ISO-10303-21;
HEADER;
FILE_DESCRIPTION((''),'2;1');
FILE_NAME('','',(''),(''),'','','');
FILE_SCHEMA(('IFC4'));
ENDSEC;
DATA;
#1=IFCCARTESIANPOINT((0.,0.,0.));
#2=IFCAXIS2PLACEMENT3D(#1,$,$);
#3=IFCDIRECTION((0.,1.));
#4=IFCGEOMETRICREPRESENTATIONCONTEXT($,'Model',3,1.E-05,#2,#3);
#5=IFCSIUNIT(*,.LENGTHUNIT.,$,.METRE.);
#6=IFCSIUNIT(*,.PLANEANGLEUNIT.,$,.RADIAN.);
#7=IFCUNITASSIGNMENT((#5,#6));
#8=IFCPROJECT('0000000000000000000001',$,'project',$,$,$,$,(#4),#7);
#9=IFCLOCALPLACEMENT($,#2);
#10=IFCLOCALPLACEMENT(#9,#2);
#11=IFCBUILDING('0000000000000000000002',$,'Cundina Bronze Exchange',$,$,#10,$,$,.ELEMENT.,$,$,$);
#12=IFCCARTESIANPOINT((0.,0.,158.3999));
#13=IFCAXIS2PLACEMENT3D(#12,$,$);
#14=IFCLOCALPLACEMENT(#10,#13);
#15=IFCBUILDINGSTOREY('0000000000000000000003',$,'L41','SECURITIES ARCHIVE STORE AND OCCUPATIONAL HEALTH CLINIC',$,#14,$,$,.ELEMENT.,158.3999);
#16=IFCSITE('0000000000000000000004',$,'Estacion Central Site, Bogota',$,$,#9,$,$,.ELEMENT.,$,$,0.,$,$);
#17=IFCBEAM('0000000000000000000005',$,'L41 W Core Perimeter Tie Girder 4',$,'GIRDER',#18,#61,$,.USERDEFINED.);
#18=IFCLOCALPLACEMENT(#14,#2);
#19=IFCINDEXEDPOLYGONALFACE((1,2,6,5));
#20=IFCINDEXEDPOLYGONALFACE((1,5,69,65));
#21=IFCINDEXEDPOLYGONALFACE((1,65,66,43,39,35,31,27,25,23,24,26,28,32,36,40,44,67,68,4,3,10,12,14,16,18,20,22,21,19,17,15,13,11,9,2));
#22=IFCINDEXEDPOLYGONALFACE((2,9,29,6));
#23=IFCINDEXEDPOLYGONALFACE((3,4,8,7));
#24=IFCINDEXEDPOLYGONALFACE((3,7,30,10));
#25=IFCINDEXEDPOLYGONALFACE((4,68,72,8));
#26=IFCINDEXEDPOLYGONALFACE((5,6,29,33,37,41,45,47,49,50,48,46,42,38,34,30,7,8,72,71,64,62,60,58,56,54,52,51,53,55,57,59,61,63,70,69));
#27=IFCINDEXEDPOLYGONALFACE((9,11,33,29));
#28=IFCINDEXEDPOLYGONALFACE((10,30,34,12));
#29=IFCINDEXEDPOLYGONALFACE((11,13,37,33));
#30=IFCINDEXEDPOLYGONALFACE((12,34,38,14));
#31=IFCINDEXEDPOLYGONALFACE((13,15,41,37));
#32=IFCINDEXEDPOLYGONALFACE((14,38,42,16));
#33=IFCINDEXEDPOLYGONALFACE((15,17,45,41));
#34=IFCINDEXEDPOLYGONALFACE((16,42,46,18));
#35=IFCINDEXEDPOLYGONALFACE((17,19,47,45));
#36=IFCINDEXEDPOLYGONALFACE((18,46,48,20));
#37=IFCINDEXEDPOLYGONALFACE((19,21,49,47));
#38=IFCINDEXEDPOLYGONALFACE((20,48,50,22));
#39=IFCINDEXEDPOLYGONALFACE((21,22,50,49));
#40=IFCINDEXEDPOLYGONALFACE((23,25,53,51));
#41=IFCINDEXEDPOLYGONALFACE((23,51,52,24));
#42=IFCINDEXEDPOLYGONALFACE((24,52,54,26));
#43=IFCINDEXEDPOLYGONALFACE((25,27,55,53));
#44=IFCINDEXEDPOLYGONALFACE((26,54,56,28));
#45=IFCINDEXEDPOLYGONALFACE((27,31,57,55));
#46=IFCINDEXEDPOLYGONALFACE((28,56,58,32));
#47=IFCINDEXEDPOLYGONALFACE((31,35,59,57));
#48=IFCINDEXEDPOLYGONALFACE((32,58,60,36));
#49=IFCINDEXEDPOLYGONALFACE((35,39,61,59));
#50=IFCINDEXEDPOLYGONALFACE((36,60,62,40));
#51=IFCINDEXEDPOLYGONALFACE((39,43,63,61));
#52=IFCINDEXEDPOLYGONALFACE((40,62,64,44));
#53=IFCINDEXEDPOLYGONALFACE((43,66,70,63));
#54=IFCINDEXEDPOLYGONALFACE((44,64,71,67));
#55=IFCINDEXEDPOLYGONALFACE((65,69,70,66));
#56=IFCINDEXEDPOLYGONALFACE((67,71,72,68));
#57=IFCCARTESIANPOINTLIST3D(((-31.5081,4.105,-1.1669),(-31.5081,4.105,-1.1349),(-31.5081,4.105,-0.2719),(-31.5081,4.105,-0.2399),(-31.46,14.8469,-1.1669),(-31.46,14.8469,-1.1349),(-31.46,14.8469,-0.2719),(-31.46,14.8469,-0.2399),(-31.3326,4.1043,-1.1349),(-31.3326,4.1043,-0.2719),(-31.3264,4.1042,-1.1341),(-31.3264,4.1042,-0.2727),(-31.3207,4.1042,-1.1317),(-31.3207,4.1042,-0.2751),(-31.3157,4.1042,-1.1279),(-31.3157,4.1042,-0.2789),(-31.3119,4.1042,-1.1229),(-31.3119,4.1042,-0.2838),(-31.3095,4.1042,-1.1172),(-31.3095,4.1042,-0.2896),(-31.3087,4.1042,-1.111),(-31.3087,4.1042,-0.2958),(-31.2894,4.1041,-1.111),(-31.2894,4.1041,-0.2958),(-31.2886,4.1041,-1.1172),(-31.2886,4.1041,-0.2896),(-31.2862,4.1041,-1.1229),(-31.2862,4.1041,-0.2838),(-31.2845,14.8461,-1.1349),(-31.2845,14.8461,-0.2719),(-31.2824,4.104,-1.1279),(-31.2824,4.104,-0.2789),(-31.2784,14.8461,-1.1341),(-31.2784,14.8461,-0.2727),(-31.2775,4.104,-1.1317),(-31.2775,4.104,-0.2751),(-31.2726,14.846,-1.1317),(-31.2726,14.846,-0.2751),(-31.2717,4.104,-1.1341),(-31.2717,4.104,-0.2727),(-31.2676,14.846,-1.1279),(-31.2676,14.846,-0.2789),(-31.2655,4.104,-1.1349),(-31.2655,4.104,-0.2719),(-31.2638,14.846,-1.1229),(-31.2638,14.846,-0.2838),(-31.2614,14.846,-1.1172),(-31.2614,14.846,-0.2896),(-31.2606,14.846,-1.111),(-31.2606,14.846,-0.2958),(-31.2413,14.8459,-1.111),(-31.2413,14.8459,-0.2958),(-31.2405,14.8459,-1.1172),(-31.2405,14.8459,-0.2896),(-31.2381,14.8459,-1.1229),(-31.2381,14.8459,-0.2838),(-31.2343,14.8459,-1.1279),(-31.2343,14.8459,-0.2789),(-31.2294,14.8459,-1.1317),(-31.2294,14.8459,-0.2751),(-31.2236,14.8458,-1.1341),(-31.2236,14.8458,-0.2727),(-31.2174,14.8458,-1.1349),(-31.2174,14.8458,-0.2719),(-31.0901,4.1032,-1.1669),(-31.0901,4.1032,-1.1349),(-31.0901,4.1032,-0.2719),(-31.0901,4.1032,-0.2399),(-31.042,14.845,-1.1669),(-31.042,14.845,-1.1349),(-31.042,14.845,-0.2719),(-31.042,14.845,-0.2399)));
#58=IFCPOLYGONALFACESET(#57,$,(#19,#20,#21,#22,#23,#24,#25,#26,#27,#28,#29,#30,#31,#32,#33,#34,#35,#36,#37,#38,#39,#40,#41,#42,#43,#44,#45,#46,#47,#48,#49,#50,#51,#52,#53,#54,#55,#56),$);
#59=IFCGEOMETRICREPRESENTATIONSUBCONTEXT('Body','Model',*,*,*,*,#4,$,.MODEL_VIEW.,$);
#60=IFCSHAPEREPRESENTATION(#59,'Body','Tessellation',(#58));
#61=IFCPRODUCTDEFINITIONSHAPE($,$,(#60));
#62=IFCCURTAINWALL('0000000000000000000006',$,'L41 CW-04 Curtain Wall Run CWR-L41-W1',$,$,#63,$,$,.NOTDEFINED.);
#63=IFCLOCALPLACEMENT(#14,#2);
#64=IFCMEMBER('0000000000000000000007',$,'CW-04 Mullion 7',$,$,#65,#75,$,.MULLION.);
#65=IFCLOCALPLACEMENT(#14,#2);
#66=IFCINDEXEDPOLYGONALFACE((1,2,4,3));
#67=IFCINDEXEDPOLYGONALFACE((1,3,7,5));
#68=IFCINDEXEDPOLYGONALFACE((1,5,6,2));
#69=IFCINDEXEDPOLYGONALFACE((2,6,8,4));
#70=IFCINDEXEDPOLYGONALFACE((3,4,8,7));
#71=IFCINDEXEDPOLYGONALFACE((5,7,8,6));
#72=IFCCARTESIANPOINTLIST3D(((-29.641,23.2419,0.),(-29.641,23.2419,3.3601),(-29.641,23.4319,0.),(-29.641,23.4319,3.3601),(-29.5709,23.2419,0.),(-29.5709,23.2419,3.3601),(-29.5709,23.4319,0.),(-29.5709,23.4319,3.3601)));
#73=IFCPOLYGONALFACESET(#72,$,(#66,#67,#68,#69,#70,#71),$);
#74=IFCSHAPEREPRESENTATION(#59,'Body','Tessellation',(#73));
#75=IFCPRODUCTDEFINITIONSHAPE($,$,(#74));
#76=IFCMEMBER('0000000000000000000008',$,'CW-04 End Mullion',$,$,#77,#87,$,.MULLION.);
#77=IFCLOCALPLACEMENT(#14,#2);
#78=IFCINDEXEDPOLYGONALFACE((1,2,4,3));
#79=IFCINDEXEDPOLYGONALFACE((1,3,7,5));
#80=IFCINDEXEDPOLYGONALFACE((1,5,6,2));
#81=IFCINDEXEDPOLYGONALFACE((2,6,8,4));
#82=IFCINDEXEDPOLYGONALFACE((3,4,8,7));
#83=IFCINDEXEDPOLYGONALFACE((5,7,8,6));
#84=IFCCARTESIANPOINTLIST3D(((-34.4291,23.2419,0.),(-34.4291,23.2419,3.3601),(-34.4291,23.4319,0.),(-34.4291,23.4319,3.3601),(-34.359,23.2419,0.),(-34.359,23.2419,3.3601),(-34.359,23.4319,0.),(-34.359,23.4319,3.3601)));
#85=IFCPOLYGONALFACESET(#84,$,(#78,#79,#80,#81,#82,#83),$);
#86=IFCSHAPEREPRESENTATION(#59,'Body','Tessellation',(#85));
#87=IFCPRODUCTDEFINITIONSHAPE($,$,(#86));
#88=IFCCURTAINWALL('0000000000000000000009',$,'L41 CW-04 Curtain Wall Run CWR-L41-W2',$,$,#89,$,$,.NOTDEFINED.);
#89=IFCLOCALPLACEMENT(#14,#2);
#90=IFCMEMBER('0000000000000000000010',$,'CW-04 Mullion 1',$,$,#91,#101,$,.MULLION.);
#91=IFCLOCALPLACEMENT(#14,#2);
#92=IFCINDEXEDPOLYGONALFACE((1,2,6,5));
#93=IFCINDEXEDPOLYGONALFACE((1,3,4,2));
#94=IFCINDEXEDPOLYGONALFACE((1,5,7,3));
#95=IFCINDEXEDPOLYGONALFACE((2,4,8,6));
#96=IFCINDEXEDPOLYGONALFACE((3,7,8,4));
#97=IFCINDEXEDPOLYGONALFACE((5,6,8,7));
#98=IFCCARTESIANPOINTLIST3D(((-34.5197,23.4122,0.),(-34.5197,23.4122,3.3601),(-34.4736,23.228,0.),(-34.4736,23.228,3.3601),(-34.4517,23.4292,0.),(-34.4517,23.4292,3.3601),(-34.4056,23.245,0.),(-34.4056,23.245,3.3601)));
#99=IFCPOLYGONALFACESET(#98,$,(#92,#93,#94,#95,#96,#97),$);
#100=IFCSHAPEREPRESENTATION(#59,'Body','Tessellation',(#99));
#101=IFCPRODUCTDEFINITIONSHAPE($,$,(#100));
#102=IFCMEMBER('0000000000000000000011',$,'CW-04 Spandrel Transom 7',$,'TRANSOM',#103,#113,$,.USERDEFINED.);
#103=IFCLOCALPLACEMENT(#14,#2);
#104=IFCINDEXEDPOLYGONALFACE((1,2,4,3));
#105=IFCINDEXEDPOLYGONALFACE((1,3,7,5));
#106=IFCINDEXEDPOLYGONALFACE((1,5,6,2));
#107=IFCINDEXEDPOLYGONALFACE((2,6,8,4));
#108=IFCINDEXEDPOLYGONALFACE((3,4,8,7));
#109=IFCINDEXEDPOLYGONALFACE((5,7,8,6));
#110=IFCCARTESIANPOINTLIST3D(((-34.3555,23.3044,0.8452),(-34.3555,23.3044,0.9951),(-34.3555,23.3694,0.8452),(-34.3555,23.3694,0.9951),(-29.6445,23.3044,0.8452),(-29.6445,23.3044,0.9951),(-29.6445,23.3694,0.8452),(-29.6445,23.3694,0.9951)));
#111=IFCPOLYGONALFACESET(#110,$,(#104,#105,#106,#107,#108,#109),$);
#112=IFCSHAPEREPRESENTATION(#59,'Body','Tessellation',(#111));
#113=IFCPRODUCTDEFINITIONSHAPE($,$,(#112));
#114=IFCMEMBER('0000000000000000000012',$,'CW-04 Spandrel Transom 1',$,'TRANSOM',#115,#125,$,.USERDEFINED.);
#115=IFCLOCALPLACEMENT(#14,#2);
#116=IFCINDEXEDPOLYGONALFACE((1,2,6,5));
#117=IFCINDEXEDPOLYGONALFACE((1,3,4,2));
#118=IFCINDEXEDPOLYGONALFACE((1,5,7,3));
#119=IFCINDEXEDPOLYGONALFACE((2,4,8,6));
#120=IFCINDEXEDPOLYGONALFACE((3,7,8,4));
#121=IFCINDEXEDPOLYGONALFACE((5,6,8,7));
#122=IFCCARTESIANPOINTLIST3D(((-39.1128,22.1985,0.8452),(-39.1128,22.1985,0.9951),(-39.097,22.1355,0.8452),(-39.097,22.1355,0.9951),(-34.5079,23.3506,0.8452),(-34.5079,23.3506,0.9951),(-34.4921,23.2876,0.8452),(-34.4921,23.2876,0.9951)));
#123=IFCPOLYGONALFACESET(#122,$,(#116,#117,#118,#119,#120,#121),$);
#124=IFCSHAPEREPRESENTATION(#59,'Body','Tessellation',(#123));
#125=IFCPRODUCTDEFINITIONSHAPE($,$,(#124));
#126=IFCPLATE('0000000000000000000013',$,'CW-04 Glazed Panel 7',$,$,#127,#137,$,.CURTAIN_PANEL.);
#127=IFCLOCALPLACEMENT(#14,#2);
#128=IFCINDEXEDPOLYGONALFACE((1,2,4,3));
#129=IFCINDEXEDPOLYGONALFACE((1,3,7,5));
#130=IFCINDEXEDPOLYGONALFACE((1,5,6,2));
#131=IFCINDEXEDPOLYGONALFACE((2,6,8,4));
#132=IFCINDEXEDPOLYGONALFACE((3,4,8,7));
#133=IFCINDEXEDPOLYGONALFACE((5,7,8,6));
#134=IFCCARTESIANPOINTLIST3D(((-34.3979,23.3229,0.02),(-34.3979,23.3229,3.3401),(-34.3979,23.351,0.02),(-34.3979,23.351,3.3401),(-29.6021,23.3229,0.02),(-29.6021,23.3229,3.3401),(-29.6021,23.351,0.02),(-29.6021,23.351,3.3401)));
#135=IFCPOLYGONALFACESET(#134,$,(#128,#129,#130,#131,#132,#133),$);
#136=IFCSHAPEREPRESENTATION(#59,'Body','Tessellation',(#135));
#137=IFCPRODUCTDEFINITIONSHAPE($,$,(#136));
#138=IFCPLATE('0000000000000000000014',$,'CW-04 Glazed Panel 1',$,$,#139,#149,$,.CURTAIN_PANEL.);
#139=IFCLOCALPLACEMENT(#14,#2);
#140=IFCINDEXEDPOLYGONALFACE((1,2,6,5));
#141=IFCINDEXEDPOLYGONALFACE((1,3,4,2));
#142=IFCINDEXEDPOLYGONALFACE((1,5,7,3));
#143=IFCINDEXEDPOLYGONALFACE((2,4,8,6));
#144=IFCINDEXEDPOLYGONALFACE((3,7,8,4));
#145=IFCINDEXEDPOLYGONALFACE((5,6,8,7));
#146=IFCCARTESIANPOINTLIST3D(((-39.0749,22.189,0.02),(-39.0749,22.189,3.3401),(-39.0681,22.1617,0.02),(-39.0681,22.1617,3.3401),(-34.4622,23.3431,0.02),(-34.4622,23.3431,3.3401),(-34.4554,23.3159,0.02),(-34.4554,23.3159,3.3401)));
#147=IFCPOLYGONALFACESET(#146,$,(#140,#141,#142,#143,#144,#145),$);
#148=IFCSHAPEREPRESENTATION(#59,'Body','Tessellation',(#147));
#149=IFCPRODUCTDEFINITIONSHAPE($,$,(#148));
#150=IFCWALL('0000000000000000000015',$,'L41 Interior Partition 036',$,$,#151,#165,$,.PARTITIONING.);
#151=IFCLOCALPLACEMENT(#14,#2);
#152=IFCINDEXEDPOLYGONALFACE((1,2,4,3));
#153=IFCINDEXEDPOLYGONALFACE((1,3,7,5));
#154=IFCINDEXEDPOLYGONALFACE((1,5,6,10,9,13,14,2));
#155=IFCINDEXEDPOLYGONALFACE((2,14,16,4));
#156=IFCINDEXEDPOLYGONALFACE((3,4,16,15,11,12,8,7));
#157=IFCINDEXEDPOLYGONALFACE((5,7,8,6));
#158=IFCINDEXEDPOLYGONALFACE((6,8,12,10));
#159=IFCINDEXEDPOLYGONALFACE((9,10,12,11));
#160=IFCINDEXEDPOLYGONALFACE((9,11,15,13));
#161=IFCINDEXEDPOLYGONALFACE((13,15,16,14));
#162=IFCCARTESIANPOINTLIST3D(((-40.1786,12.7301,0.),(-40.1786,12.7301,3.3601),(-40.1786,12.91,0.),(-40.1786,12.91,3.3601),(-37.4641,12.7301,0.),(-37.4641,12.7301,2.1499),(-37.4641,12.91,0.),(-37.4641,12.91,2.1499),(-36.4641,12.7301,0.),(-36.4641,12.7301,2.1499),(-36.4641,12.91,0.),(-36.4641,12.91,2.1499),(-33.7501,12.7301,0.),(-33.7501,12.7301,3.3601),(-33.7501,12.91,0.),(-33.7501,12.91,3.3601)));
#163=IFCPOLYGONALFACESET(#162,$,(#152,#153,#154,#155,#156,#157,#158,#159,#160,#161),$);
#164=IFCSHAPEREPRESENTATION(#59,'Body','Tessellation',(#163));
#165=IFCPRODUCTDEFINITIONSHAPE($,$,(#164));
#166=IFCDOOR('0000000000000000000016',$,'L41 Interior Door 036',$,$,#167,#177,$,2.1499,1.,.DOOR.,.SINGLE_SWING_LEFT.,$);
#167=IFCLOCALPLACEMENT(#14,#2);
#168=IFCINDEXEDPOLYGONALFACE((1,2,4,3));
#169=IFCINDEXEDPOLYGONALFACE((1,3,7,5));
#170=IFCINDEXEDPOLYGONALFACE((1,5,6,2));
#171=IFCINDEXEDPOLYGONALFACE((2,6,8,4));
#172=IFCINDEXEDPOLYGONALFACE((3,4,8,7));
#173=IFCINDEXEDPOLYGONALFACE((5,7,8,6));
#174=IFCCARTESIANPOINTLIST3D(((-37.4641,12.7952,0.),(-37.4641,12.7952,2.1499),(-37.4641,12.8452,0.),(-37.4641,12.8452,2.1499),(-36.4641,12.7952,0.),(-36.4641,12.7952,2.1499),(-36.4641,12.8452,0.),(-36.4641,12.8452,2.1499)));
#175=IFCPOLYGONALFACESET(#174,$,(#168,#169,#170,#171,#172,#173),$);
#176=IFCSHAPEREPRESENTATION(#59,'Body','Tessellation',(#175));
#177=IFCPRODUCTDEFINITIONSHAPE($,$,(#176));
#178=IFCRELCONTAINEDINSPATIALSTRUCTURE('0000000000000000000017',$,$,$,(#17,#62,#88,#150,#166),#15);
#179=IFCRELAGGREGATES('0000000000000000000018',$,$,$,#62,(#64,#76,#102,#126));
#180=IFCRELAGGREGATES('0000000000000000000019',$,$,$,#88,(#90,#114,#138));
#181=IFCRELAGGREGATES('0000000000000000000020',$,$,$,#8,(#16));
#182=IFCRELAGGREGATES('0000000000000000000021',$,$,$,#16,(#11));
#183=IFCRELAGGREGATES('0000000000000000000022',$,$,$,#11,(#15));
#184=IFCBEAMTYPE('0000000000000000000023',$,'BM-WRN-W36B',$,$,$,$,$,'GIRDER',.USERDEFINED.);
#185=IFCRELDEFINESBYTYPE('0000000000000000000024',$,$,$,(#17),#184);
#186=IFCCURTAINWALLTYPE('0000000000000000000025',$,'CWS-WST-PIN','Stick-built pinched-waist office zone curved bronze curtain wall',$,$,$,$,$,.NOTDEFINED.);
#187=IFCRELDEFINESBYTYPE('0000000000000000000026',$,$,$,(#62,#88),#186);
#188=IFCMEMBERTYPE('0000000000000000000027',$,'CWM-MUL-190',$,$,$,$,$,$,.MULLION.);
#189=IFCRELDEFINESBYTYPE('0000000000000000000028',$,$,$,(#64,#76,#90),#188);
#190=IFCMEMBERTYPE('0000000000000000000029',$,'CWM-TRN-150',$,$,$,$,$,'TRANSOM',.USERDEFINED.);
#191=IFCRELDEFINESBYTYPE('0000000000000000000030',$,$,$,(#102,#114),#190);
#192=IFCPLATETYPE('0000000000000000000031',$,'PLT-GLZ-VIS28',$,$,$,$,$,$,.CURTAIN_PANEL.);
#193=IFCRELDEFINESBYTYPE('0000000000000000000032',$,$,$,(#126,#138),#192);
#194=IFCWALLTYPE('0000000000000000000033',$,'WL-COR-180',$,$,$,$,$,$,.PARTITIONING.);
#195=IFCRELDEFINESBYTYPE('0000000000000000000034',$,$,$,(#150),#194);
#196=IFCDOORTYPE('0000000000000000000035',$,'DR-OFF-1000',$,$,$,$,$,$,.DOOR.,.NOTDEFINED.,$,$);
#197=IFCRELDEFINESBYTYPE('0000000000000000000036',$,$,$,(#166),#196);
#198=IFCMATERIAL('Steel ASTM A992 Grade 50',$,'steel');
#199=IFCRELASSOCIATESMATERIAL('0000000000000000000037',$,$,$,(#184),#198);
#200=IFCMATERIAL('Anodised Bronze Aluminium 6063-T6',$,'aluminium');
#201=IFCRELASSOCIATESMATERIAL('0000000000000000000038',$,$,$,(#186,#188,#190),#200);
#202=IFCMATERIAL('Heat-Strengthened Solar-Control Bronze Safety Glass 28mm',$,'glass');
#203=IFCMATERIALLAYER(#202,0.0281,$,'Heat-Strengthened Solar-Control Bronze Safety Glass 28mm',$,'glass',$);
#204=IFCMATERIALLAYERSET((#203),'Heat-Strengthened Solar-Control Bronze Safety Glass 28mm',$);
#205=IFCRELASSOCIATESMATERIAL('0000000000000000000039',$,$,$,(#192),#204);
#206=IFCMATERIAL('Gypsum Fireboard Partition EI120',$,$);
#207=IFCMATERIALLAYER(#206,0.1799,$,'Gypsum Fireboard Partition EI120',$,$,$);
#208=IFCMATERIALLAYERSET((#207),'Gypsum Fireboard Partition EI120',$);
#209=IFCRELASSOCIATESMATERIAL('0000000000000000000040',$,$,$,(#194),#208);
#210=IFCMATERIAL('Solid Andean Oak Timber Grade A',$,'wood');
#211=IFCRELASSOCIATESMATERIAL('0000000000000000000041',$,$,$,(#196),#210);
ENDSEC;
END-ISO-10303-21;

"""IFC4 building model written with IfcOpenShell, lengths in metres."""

from ifc_helpers import new_model, si_unit, direction, frame, frame_2d, origin, origin_2d, place, context, subcontext, project, spatial, rectangle, i_section, extrude, material, layer, layer_set, material_profile, profile_set, type_object, element, fill, aggregate, save


model = new_model("IFC4")

# Units and contexts
model_context = context("Model", 3, precision=1e-05, world=origin(), true_north=direction((0.0, 1.0)))
body_context = subcontext(model_context, "Body", "Model", "MODEL_VIEW")
ifc_project = project(units=[si_unit("LENGTHUNIT", "METRE"), si_unit("PLANEANGLEUNIT", "RADIAN")], contexts=[model_context])

# Site, building, storey
site_placement = place(None, origin())
site = spatial("IfcSite", under=ifc_project, at=site_placement, Name="Estacion Central Site, Bogota", CompositionType="ELEMENT", RefElevation=0.0)
building_placement = place(site_placement, origin())
building = spatial("IfcBuilding", under=site, at=building_placement, Name="Cundina Bronze Exchange", CompositionType="ELEMENT")
storey_placement = place(building_placement, frame((0.0, 0.0, 158.3999)))
storey = spatial("IfcBuildingStorey", under=building, at=storey_placement, Name="L41", Description="SECURITIES ARCHIVE STORE AND OCCUPATIONAL HEALTH CLINIC", CompositionType="ELEMENT", Elevation=158.3999)

# Shared definitions
ifc_material_1 = material(Name="Steel ASTM A992 Grade 50", Category="steel")

# Beam
ifc_material_profile_1 = material_profile(ifc_material_1, i_section(OverallWidth=0.418, OverallDepth=0.927, WebThickness=0.0193, FlangeThickness=0.032, FilletRadius=0.0239, at=origin_2d()), Name="W36X231", Category="steel")
ifc_profile_set_1 = profile_set([ifc_material_profile_1], Name="Steel ASTM A992 Grade 50")
beam_type_1 = type_object("IfcBeamType", Name="BM-WRN-W36B", ElementType="GIRDER", PredefinedType="USERDEFINED", material=ifc_profile_set_1)
beam_1_placement = place(storey_placement, frame((-31.251, 14.8459, -0.7034), z_axis=(-0.004477, -0.99999, 0.0), x_axis=(0.99999, -0.004477, 0.0)))
element("IfcBeam", 1, at=beam_1_placement, inside=storey, type_object=beam_type_1, Name="L41 W Core Perimeter Tie Girder 4", ObjectType="GIRDER", PredefinedType="USERDEFINED", context=body_context, shape_type="SweptSolid", body=[
    extrude(i_section(OverallWidth=0.418, OverallDepth=0.927, WebThickness=0.0193, FlangeThickness=0.032, FilletRadius=0.0239, at=origin_2d()), origin(), (0.0, 0.0, 1.0), 10.7419),
])

# Curtain wall, members
ifc_material_2 = material(Name="Anodised Bronze Aluminium 6063-T6", Category="aluminium")
curtain_wall_type = type_object("IfcCurtainWallType", Name="CWS-WST-PIN", Description="Stick-built pinched-waist office zone curved bronze curtain wall", PredefinedType="NOTDEFINED", material=ifc_material_2)
curtain_wall_1_placement = place(storey_placement, origin())
curtain_wall_1 = element("IfcCurtainWall", 2, at=curtain_wall_1_placement, inside=storey, type_object=curtain_wall_type, Name="L41 CW-04 Curtain Wall Run CWR-L41-W1", PredefinedType="NOTDEFINED")
ifc_material_profile_2 = material_profile(ifc_material_2, rectangle(XDim=0.0701, YDim=0.1899, at=origin_2d()), Name="AL70X190", Category="aluminium")
ifc_profile_set_2 = profile_set([ifc_material_profile_2], Name="Anodised Bronze Aluminium 6063-T6")
member_type_1 = type_object("IfcMemberType", Name="CWM-MUL-190", PredefinedType="MULLION", material=ifc_profile_set_2)
member_1_placement = place(storey_placement, frame((-29.606, 23.3369, 0.0), z_axis=(0.0, 0.0, 1.0), x_axis=(-1.0, 0.0, 0.0)))
member_1 = element("IfcMember", 3, at=member_1_placement, type_object=member_type_1, Name="CW-04 Mullion 7", PredefinedType="MULLION", context=body_context, shape_type="SweptSolid", body=[
    extrude(rectangle(XDim=0.0701, YDim=0.1899, at=origin_2d()), origin(), (0.0, 0.0, 1.0), 3.3601),
])
member_2_placement = place(storey_placement, frame((-34.394, 23.3369, 0.0), z_axis=(0.0, 0.0, 1.0), x_axis=(-1.0, 0.0, 0.0)))
member_2 = element("IfcMember", 4, at=member_2_placement, type_object=member_type_1, Name="CW-04 End Mullion", PredefinedType="MULLION", context=body_context, shape_type="SweptSolid", body=[
    extrude(rectangle(XDim=0.0701, YDim=0.1899, at=origin_2d()), origin(), (0.0, 0.0, 1.0), 3.3601),
])

# Curtain wall, member
curtain_wall_2_placement = place(storey_placement, origin())
curtain_wall_2 = element("IfcCurtainWall", 5, at=curtain_wall_2_placement, inside=storey, type_object=curtain_wall_type, Name="L41 CW-04 Curtain Wall Run CWR-L41-W2", PredefinedType="NOTDEFINED")
member_3_placement = place(storey_placement, frame((-34.4626, 23.3286, 0.0), z_axis=(0.0, 0.0, 1.0), x_axis=(-0.970084, -0.242769, 0.0)))
member_3 = element("IfcMember", 6, at=member_3_placement, type_object=member_type_1, Name="CW-04 Mullion 1", PredefinedType="MULLION", context=body_context, shape_type="SweptSolid", body=[
    extrude(rectangle(XDim=0.0701, YDim=0.1899, at=origin_2d()), origin(), (0.0, 0.0, 1.0), 3.3601),
])

# Members
ifc_material_profile_3 = material_profile(ifc_material_2, rectangle(XDim=0.0649, YDim=0.1499, at=origin_2d()), Name="AL65X150", Category="aluminium")
ifc_profile_set_3 = profile_set([ifc_material_profile_3], Name="Anodised Bronze Aluminium 6063-T6")
member_type_2 = type_object("IfcMemberType", Name="CWM-TRN-150", ElementType="TRANSOM", PredefinedType="USERDEFINED", material=ifc_profile_set_3)
member_4_placement = place(storey_placement, frame((-29.6445, 23.3369, 0.9202), z_axis=(-1.0, 0.0, 0.0), x_axis=(0.0, -1.0, 0.0)))
member_4 = element("IfcMember", 7, at=member_4_placement, type_object=member_type_2, Name="CW-04 Spandrel Transom 7", ObjectType="TRANSOM", PredefinedType="USERDEFINED", context=body_context, shape_type="SweptSolid", body=[
    extrude(rectangle(XDim=0.0649, YDim=0.1499, at=origin_2d()), origin(), (0.0, 0.0, 1.0), 4.7109),
])
member_5_placement = place(storey_placement, frame((-34.5, 23.3191, 0.9202), z_axis=(-0.9701, -0.242705, 0.0), x_axis=(0.242705, -0.9701, 0.0)))
member_5 = element("IfcMember", 8, at=member_5_placement, type_object=member_type_2, Name="CW-04 Spandrel Transom 1", ObjectType="TRANSOM", PredefinedType="USERDEFINED", context=body_context, shape_type="SweptSolid", body=[
    extrude(rectangle(XDim=0.0649, YDim=0.1499, at=origin_2d()), origin(), (0.0, 0.0, 1.0), 4.7468),
])

# Plates
ifc_material_3 = material(Name="Heat-Strengthened Solar-Control Bronze Safety Glass 28mm", Category="glass")
ifc_layer_1 = layer(ifc_material_3, 0.0281, Name="Heat-Strengthened Solar-Control Bronze Safety Glass 28mm", Category="glass")
ifc_layer_set_1 = layer_set([ifc_layer_1], Name="Heat-Strengthened Solar-Control Bronze Safety Glass 28mm")
plate_type = type_object("IfcPlateType", Name="PLT-GLZ-VIS28", PredefinedType="CURTAIN_PANEL", material=ifc_layer_set_1)
plate_1_placement = place(storey_placement, frame((-32.0, 23.3369, 0.02), z_axis=(0.0, 0.0, 1.0), x_axis=(-1.0, 0.0, 0.0)))
plate_1 = element("IfcPlate", 9, at=plate_1_placement, type_object=plate_type, Name="CW-04 Glazed Panel 7", PredefinedType="CURTAIN_PANEL", context=body_context, shape_type="SweptSolid", body=[
    extrude(rectangle(XDim=4.7959, YDim=0.0281, at=origin_2d()), origin(), (0.0, 0.0, 1.0), 3.3201),
])
aggregate(curtain_wall_1, [member_1, member_2, member_4, plate_1])
plate_2_placement = place(storey_placement, frame((-36.7651, 22.7524, 0.02), z_axis=(0.0, 0.0, 1.0), x_axis=(-0.970093, -0.242735, 0.0)))
plate_2 = element("IfcPlate", 10, at=plate_2_placement, type_object=plate_type, Name="CW-04 Glazed Panel 1", PredefinedType="CURTAIN_PANEL", context=body_context, shape_type="SweptSolid", body=[
    extrude(rectangle(XDim=4.7549, YDim=0.0281, at=origin_2d()), origin(), (0.0, 0.0, 1.0), 3.3201),
])
aggregate(curtain_wall_2, [member_3, member_5, plate_2])

# Wall, opening, door
ifc_material_4 = material(Name="Gypsum Fireboard Partition EI120")
ifc_layer_2 = layer(ifc_material_4, 0.1799, Name="Gypsum Fireboard Partition EI120")
ifc_layer_set_2 = layer_set([ifc_layer_2], Name="Gypsum Fireboard Partition EI120")
wall_type_1 = type_object("IfcWallType", Name="WL-COR-180", PredefinedType="PARTITIONING", material=ifc_layer_set_2)
ifc_material_5 = material(Name="Solid Andean Oak Timber Grade A", Category="wood")
door_type_1 = type_object("IfcDoorType", Name="DR-OFF-1000", OperationType="NOTDEFINED", PredefinedType="DOOR", material=ifc_material_5)
wall_1_placement = place(storey_placement, frame((-33.75, 12.8201, 0.0), z_axis=(0.0, 0.0, 1.0), x_axis=(-1.0, 0.0, 0.0)))
wall_1 = element("IfcWall", 11, at=wall_1_placement, inside=storey, type_object=wall_type_1, Name="L41 Interior Partition 036", PredefinedType="PARTITIONING", context=body_context, shape_type="SweptSolid", body=[
    extrude(rectangle(XDim=6.4285, YDim=0.1799, at=frame_2d((3.2144, 0.0))), origin(), (0.0, 0.0, 1.0), 3.3601),
])
opening_1_placement = place(wall_1_placement, frame((2.7141, 0.0, 0.0)))
opening_1 = element("IfcOpeningElement", 12, at=opening_1_placement, cuts=wall_1, PredefinedType="OPENING", context=body_context, shape_type="SweptSolid", body=[
    extrude(rectangle(XDim=1.0, YDim=2.1499, at=frame_2d((0.5, 1.075))), frame((0.0, 0.0999, 0.0), z_axis=(0.0, -1.0, 0.0), x_axis=(1.0, 0.0, 0.0)), (0.0, 0.0, 1.0), 0.2),
])
door_1_placement = place(opening_1_placement, origin())
door_1 = element("IfcDoor", 13, at=door_1_placement, inside=storey, type_object=door_type_1, Name="L41 Interior Door 036", OperationType="SINGLE_SWING_LEFT", OverallHeight=2.1499, OverallWidth=1.0, PredefinedType="DOOR", context=body_context, shape_type="SweptSolid", body=[
    extrude(rectangle(XDim=1.0, YDim=2.1499, at=frame_2d((0.5, 1.075))), frame((0.0, 0.0249, 0.0), z_axis=(0.0, -1.0, 0.0), x_axis=(1.0, 0.0, 0.0)), (0.0, 0.0, 1.0), 0.05),
])
fill(opening_1, door_1)

save(model, "model.ifc")
